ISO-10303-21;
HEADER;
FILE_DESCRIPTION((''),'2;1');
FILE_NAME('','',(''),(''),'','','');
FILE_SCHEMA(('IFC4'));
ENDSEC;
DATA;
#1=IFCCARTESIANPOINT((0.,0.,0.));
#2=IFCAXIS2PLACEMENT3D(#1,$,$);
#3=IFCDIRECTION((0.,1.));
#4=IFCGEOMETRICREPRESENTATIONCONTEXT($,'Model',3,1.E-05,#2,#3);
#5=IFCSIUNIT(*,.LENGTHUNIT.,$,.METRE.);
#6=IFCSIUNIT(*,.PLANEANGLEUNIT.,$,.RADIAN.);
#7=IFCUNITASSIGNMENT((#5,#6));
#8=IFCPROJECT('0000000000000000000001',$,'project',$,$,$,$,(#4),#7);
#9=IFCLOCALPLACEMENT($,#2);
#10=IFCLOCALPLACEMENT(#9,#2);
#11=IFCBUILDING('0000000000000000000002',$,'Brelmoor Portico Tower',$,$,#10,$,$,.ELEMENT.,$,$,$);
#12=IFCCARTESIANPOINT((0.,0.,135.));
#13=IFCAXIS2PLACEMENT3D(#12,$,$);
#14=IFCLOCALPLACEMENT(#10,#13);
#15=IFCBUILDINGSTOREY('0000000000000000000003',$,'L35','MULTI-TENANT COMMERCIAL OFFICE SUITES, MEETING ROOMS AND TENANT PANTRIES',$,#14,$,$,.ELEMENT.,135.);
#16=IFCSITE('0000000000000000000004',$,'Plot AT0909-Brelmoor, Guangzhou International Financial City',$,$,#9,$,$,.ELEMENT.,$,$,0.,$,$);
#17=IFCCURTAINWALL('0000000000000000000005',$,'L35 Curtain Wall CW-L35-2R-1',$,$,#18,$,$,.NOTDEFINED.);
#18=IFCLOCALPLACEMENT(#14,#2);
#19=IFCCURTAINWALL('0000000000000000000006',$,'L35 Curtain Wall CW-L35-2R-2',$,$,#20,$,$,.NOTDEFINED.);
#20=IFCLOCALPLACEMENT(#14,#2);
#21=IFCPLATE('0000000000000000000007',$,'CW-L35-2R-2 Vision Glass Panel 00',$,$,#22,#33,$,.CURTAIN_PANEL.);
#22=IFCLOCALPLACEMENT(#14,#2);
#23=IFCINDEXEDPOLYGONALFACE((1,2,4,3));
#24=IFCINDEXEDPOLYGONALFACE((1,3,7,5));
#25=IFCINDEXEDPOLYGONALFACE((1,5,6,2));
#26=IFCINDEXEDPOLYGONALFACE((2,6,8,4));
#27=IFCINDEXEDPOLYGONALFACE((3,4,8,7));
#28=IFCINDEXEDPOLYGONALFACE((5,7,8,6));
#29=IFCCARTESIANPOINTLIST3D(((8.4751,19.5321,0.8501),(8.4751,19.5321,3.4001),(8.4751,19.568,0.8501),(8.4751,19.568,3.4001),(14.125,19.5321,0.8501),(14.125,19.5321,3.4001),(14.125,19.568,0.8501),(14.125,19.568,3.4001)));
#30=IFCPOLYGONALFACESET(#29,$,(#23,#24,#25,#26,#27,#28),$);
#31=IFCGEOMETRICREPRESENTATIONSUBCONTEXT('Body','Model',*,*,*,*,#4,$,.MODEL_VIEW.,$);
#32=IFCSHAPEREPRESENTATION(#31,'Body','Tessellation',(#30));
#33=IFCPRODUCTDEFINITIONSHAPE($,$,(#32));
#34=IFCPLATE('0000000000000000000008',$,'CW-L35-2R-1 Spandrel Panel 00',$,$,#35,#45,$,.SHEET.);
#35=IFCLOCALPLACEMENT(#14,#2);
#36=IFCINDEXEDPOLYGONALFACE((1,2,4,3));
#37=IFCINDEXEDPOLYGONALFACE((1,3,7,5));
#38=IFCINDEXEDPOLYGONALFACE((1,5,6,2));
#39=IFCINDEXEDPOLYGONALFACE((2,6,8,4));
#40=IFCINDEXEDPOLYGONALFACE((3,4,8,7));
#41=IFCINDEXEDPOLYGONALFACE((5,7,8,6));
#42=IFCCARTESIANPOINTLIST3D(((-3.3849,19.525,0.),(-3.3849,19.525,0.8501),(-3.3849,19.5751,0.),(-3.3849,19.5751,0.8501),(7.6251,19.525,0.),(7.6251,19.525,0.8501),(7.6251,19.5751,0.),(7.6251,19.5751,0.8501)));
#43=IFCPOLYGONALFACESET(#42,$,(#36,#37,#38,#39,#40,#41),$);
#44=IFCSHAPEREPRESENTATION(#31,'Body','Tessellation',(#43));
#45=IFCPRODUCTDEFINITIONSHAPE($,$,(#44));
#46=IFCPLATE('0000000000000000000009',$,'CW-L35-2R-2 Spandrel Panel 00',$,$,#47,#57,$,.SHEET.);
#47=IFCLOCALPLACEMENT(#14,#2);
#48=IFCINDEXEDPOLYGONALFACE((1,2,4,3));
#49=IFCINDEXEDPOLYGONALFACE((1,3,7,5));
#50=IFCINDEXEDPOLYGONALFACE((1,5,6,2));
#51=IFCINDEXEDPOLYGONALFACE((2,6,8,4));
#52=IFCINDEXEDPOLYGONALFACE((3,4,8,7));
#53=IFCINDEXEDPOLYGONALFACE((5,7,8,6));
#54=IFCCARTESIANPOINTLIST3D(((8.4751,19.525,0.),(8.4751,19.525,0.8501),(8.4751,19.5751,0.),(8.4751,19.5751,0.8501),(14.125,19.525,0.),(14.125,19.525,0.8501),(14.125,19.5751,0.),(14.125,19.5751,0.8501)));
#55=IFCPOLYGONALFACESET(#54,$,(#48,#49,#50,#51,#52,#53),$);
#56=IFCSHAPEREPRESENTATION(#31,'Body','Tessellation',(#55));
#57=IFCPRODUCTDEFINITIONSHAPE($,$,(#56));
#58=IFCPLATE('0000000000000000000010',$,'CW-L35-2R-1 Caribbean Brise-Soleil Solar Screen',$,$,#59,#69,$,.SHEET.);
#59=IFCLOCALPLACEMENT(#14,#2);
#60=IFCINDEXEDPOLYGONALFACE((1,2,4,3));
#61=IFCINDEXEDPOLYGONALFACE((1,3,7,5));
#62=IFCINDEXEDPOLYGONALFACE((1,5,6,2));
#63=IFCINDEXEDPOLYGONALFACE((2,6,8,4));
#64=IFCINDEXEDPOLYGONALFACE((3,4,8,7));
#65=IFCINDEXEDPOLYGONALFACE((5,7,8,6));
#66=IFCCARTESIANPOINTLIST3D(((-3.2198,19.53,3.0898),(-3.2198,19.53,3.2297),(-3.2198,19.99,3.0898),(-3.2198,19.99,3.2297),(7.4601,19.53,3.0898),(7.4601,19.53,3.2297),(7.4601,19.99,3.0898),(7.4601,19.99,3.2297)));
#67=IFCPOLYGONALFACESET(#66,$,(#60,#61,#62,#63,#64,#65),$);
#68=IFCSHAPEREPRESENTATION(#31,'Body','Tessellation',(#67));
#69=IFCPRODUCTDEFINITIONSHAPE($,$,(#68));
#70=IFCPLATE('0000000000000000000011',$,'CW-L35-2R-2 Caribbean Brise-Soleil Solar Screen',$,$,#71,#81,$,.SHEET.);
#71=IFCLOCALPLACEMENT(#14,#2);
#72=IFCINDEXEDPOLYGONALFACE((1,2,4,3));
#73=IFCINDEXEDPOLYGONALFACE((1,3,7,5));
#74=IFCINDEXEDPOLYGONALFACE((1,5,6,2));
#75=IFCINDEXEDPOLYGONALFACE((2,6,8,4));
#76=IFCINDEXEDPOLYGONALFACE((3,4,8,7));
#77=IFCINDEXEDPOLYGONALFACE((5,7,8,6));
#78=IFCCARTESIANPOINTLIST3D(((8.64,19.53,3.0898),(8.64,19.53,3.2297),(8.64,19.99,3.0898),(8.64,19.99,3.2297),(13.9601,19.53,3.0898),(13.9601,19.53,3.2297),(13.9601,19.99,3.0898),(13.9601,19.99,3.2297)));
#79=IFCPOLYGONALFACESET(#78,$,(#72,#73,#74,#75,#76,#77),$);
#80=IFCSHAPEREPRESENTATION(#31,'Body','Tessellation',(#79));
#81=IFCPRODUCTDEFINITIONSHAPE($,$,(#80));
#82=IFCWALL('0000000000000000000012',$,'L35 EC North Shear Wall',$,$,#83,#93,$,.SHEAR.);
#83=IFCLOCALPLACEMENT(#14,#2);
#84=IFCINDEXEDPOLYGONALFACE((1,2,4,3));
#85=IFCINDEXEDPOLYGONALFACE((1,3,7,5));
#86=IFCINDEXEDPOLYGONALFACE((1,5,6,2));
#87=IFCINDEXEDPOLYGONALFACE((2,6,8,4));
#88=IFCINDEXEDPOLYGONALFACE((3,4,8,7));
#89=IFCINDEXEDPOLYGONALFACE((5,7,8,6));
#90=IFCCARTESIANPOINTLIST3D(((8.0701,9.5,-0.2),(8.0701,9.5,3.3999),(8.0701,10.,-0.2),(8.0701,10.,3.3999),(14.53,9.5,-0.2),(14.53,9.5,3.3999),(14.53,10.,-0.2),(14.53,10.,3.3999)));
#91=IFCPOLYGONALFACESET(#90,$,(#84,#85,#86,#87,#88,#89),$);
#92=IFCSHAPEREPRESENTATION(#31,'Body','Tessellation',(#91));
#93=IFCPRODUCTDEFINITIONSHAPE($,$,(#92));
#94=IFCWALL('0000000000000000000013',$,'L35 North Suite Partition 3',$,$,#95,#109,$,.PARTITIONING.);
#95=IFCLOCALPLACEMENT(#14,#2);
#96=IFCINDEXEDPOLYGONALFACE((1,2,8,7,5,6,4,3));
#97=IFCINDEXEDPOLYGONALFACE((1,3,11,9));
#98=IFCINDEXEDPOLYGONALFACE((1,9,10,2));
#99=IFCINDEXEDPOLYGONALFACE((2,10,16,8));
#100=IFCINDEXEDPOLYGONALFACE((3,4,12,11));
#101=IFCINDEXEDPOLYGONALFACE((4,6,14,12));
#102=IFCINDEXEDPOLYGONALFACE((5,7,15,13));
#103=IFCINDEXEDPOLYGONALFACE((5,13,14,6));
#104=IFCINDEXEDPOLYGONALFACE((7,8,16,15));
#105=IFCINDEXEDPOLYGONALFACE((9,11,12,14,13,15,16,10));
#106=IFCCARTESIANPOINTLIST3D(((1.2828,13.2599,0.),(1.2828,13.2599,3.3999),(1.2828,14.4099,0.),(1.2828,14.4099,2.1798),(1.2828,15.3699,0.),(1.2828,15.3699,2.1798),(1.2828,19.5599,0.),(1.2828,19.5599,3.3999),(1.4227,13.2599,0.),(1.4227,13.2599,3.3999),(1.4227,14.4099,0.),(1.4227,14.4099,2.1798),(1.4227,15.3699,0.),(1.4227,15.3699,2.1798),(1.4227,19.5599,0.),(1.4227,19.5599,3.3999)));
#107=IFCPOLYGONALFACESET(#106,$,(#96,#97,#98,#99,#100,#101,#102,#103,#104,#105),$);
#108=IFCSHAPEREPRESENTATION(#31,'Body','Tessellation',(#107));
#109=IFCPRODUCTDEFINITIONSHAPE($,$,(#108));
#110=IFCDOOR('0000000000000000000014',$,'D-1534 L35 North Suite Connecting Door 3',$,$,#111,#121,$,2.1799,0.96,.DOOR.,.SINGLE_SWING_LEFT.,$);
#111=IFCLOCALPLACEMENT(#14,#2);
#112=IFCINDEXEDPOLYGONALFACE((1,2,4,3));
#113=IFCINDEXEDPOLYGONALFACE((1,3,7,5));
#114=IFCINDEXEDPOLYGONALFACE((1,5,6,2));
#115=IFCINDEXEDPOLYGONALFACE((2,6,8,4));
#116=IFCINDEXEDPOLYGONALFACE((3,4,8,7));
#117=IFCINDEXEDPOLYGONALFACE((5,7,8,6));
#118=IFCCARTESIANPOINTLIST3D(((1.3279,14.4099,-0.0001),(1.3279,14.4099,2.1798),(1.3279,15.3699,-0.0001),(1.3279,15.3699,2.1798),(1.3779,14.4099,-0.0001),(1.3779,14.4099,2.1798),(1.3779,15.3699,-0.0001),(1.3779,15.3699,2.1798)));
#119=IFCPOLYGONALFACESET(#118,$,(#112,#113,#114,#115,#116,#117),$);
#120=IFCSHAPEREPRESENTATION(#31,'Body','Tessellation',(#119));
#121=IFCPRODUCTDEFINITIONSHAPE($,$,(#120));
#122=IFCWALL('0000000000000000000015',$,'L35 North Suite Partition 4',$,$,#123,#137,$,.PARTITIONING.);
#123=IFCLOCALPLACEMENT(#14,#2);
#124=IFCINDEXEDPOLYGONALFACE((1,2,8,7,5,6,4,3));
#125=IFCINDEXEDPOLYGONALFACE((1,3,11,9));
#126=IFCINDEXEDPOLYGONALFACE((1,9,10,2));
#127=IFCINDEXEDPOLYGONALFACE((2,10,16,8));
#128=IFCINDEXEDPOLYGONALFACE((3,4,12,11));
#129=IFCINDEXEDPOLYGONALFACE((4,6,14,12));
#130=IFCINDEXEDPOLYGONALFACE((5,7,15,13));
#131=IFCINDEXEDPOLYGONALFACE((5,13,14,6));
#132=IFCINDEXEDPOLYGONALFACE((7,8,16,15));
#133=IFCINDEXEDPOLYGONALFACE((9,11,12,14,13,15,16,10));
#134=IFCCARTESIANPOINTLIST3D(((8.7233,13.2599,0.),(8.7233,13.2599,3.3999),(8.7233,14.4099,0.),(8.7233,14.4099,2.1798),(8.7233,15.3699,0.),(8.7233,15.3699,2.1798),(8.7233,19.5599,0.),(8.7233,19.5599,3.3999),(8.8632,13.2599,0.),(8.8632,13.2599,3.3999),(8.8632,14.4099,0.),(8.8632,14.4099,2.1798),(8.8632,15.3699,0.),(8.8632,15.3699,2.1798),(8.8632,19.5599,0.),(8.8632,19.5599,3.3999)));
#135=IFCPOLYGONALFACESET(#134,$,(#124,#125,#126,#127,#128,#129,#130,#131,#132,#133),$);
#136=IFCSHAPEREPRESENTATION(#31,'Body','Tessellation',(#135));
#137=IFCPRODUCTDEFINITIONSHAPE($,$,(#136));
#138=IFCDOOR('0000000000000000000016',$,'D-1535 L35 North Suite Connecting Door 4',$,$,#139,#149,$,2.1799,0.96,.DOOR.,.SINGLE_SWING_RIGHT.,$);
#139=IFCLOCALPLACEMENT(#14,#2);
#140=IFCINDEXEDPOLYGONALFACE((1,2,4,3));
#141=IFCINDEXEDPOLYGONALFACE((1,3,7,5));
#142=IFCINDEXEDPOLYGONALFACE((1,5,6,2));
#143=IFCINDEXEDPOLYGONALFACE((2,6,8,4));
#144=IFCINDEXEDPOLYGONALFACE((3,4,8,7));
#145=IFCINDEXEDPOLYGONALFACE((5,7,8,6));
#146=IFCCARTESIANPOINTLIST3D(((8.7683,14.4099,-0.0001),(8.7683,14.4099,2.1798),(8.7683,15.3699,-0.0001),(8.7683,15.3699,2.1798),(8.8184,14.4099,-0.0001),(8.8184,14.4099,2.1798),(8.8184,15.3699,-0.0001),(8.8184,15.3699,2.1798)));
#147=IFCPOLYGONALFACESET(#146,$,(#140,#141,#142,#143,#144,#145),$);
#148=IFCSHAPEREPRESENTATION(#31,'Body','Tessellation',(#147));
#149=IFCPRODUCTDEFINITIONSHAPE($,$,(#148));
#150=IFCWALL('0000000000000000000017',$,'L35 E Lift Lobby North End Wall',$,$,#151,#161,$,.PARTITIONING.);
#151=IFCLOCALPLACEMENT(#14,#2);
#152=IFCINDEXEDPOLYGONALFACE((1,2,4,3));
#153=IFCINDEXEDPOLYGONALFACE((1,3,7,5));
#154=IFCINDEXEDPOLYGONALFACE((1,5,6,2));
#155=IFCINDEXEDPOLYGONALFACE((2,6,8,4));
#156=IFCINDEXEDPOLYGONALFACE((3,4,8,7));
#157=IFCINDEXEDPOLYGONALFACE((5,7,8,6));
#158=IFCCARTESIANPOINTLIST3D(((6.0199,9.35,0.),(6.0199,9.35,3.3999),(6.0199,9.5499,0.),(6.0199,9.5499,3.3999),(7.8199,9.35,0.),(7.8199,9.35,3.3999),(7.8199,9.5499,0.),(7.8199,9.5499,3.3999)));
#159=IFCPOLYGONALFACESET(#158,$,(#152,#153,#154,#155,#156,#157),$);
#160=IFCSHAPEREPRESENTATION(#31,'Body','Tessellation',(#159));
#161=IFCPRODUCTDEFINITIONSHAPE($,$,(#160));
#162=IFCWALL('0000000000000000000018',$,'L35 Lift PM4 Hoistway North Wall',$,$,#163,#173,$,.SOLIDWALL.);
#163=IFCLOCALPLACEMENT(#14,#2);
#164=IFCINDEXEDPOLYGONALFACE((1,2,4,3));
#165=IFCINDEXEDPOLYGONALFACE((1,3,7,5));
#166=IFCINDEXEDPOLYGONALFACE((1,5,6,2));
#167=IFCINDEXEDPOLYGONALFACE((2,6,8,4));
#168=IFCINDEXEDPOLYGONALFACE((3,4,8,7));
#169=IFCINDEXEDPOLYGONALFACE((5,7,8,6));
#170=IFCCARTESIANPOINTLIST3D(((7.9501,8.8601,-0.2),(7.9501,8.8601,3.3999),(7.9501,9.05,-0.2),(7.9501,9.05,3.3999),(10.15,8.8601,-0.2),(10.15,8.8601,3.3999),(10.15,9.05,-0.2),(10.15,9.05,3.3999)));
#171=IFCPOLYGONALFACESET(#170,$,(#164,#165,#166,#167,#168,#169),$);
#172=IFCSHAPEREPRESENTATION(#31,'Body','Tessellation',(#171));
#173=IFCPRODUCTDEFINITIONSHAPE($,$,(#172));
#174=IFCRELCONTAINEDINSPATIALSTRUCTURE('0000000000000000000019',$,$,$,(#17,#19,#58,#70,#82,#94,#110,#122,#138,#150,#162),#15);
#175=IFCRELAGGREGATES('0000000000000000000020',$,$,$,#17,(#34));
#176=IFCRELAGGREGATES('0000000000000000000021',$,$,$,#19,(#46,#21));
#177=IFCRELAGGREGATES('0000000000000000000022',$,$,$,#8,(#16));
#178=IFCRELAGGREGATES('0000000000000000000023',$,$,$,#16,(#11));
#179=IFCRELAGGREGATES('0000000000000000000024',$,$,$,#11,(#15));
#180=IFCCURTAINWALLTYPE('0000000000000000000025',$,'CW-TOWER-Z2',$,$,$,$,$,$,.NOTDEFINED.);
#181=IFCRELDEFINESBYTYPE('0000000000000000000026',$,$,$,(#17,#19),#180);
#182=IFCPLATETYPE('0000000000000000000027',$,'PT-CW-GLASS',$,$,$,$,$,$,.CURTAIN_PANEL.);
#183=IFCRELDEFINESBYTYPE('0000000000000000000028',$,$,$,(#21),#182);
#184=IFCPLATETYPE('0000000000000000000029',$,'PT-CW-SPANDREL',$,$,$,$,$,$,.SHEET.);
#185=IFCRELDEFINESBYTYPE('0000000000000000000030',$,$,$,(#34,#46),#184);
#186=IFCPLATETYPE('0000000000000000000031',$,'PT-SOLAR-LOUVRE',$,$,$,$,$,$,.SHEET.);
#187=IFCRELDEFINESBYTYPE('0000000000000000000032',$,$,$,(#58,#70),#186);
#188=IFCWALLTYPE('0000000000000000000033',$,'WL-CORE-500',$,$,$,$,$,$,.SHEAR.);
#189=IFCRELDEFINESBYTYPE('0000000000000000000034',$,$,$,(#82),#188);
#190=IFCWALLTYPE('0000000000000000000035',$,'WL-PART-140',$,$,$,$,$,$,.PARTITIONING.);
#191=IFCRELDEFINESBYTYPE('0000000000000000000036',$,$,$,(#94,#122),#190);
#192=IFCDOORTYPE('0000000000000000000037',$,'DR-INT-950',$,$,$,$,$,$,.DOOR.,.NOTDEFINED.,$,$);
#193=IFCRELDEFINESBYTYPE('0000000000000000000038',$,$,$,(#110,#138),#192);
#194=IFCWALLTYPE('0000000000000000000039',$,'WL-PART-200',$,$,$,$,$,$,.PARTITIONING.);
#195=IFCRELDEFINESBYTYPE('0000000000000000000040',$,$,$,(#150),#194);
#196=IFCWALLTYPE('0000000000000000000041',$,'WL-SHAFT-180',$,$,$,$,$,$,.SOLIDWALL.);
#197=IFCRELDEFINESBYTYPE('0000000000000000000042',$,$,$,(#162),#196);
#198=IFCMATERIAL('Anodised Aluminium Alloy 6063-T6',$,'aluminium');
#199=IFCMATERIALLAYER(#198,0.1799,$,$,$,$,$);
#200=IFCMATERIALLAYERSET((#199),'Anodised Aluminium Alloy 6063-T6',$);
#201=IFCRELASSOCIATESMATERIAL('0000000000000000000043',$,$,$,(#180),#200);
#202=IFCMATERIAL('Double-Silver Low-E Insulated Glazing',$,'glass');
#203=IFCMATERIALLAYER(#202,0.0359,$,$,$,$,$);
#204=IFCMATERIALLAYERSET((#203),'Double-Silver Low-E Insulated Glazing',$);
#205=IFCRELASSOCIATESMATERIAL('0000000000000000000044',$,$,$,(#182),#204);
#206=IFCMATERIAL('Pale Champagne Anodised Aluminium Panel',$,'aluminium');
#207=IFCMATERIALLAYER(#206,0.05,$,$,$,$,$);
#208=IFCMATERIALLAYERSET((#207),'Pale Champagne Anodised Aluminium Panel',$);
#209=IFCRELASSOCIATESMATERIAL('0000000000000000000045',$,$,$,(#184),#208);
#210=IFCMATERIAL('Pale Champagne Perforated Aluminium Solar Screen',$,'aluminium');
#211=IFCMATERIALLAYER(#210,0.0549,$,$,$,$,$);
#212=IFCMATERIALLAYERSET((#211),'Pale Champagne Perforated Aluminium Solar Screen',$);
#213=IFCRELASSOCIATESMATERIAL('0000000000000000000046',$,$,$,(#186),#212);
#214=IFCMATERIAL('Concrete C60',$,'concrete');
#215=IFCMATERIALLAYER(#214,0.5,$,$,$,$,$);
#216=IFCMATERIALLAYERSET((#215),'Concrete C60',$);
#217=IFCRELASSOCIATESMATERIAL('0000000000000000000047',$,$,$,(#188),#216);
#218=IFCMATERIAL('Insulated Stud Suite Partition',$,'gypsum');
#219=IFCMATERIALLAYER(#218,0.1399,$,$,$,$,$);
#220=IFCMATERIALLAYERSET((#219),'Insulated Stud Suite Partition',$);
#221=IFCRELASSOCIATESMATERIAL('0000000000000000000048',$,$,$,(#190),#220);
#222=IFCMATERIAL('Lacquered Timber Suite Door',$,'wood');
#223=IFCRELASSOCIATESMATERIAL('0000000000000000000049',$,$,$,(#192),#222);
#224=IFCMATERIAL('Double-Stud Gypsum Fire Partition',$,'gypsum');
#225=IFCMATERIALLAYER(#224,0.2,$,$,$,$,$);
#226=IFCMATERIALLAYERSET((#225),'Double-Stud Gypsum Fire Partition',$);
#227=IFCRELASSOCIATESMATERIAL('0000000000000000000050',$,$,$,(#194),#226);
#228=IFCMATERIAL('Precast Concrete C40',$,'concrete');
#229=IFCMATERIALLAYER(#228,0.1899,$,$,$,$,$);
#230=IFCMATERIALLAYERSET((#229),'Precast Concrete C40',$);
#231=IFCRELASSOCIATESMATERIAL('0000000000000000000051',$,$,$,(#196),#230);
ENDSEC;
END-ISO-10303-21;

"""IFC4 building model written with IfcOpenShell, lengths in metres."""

from ifc_helpers import new_model, si_unit, direction, frame, frame_2d, origin, origin_2d, place, context, subcontext, project, spatial, rectangle, extrude, material, layer, layer_set, type_object, element, fill, aggregate, save


model = new_model("IFC4")

# Units and contexts
model_context = context("Model", 3, precision=1e-05, world=origin(), true_north=direction((0.0, 1.0)))
body_context = subcontext(model_context, "Body", "Model", "MODEL_VIEW")
ifc_project = project(units=[si_unit("LENGTHUNIT", "METRE"), si_unit("PLANEANGLEUNIT", "RADIAN")], contexts=[model_context])

# Site, building, storey
site_placement = place(None, origin())
site = spatial("IfcSite", under=ifc_project, at=site_placement, Name="Plot AT0909-Brelmoor, Guangzhou International Financial City", CompositionType="ELEMENT", RefElevation=0.0)
building_placement = place(site_placement, origin())
building = spatial("IfcBuilding", under=site, at=building_placement, Name="Brelmoor Portico Tower", CompositionType="ELEMENT")
storey_placement = place(building_placement, frame((0.0, 0.0, 135.0)))
storey = spatial("IfcBuildingStorey", under=building, at=storey_placement, Name="L35", Description="MULTI-TENANT COMMERCIAL OFFICE SUITES, MEETING ROOMS AND TENANT PANTRIES", CompositionType="ELEMENT", Elevation=135.0)

# Curtain wall
ifc_material_1 = material(Name="Anodised Aluminium Alloy 6063-T6", Category="aluminium")
ifc_layer_1 = layer(ifc_material_1, 0.1799)
ifc_layer_set_1 = layer_set([ifc_layer_1], Name="Anodised Aluminium Alloy 6063-T6")
curtain_wall_type = type_object("IfcCurtainWallType", Name="CW-TOWER-Z2", PredefinedType="NOTDEFINED", material=ifc_layer_set_1)
curtain_wall_1_placement = place(storey_placement, origin())
curtain_wall_1 = element("IfcCurtainWall", 1, at=curtain_wall_1_placement, inside=storey, type_object=curtain_wall_type, Name="L35 Curtain Wall CW-L35-2R-1", PredefinedType="NOTDEFINED")

# Curtain wall
curtain_wall_2_placement = place(storey_placement, origin())
curtain_wall_2 = element("IfcCurtainWall", 2, at=curtain_wall_2_placement, inside=storey, type_object=curtain_wall_type, Name="L35 Curtain Wall CW-L35-2R-2", PredefinedType="NOTDEFINED")

# Plates
ifc_material_2 = material(Name="Double-Silver Low-E Insulated Glazing", Category="glass")
ifc_layer_2 = layer(ifc_material_2, 0.0359)
ifc_layer_set_2 = layer_set([ifc_layer_2], Name="Double-Silver Low-E Insulated Glazing")
plate_type_1 = type_object("IfcPlateType", Name="PT-CW-GLASS", PredefinedType="CURTAIN_PANEL", material=ifc_layer_set_2)
plate_1_placement = place(storey_placement, frame((11.3, 19.55, 0.8501), z_axis=(0.0, 0.0, 1.0), x_axis=(1.0, 0.0, 0.0)))
plate_1 = element("IfcPlate", 3, at=plate_1_placement, type_object=plate_type_1, Name="CW-L35-2R-2 Vision Glass Panel 00", PredefinedType="CURTAIN_PANEL", context=body_context, shape_type="SweptSolid", body=[
    extrude(rectangle(XDim=5.6499, YDim=0.0359, at=origin_2d()), origin(), (0.0, 0.0, 1.0), 2.55),
])
ifc_material_3 = material(Name="Pale Champagne Anodised Aluminium Panel", Category="aluminium")
ifc_layer_3 = layer(ifc_material_3, 0.05)
ifc_layer_set_3 = layer_set([ifc_layer_3], Name="Pale Champagne Anodised Aluminium Panel")
plate_type_2 = type_object("IfcPlateType", Name="PT-CW-SPANDREL", PredefinedType="SHEET", material=ifc_layer_set_3)
plate_2_placement = place(storey_placement, frame((2.1201, 19.55, 0.0), z_axis=(0.0, 0.0, 1.0), x_axis=(1.0, 0.0, 0.0)))
plate_2 = element("IfcPlate", 4, at=plate_2_placement, type_object=plate_type_2, Name="CW-L35-2R-1 Spandrel Panel 00", PredefinedType="SHEET", context=body_context, shape_type="SweptSolid", body=[
    extrude(rectangle(XDim=11.01, YDim=0.05, at=origin_2d()), origin(), (0.0, 0.0, 1.0), 0.8501),
])
aggregate(curtain_wall_1, [plate_2])
plate_3_placement = place(storey_placement, frame((11.3, 19.55, 0.0), z_axis=(0.0, 0.0, 1.0), x_axis=(1.0, 0.0, 0.0)))
plate_3 = element("IfcPlate", 5, at=plate_3_placement, type_object=plate_type_2, Name="CW-L35-2R-2 Spandrel Panel 00", PredefinedType="SHEET", context=body_context, shape_type="SweptSolid", body=[
    extrude(rectangle(XDim=5.6499, YDim=0.05, at=origin_2d()), origin(), (0.0, 0.0, 1.0), 0.8501),
])
aggregate(curtain_wall_2, [plate_3, plate_1])

# Plates
ifc_material_4 = material(Name="Pale Champagne Perforated Aluminium Solar Screen", Category="aluminium")
ifc_layer_4 = layer(ifc_material_4, 0.0549)
ifc_layer_set_4 = layer_set([ifc_layer_4], Name="Pale Champagne Perforated Aluminium Solar Screen")
plate_type_3 = type_object("IfcPlateType", Name="PT-SOLAR-LOUVRE", PredefinedType="SHEET", material=ifc_layer_set_4)
plate_4_placement = place(storey_placement, frame((2.1201, 19.76, 3.0898), z_axis=(0.0, 0.0, 1.0), x_axis=(1.0, 0.0, 0.0)))
element("IfcPlate", 6, at=plate_4_placement, inside=storey, type_object=plate_type_3, Name="CW-L35-2R-1 Caribbean Brise-Soleil Solar Screen", PredefinedType="SHEET", context=body_context, shape_type="SweptSolid", body=[
    extrude(rectangle(XDim=10.6799, YDim=0.46, at=origin_2d()), origin(), (0.0, 0.0, 1.0), 0.1399),
])
plate_5_placement = place(storey_placement, frame((11.3, 19.76, 3.0898), z_axis=(0.0, 0.0, 1.0), x_axis=(1.0, 0.0, 0.0)))
element("IfcPlate", 7, at=plate_5_placement, inside=storey, type_object=plate_type_3, Name="CW-L35-2R-2 Caribbean Brise-Soleil Solar Screen", PredefinedType="SHEET", context=body_context, shape_type="SweptSolid", body=[
    extrude(rectangle(XDim=5.3201, YDim=0.46, at=origin_2d()), origin(), (0.0, 0.0, 1.0), 0.1399),
])

# Wall
ifc_material_5 = material(Name="Concrete C60", Category="concrete")
ifc_layer_5 = layer(ifc_material_5, 0.5)
ifc_layer_set_5 = layer_set([ifc_layer_5], Name="Concrete C60")
wall_type_1 = type_object("IfcWallType", Name="WL-CORE-500", PredefinedType="SHEAR", material=ifc_layer_set_5)
wall_1_placement = place(storey_placement, frame((8.0701, 9.75, -0.2), z_axis=(0.0, 0.0, 1.0), x_axis=(1.0, 0.0, 0.0)))
element("IfcWall", 8, at=wall_1_placement, inside=storey, type_object=wall_type_1, Name="L35 EC North Shear Wall", PredefinedType="SHEAR", context=body_context, shape_type="SweptSolid", body=[
    extrude(rectangle(XDim=6.46, YDim=0.5, at=frame_2d((3.23, 0.0))), origin(), (0.0, 0.0, 1.0), 3.5999),
])

# Walls, openings, doors
ifc_material_6 = material(Name="Insulated Stud Suite Partition", Category="gypsum")
ifc_layer_6 = layer(ifc_material_6, 0.1399)
ifc_layer_set_6 = layer_set([ifc_layer_6], Name="Insulated Stud Suite Partition")
wall_type_2 = type_object("IfcWallType", Name="WL-PART-140", PredefinedType="PARTITIONING", material=ifc_layer_set_6)
wall_2_placement = place(storey_placement, frame((1.3528, 13.26, 0.0), z_axis=(0.0, 0.0, 1.0), x_axis=(0.0, 1.0, 0.0)))
wall_2 = element("IfcWall", 9, at=wall_2_placement, inside=storey, type_object=wall_type_2, Name="L35 North Suite Partition 3", PredefinedType="PARTITIONING", context=body_context, shape_type="SweptSolid", body=[
    extrude(rectangle(XDim=6.3, YDim=0.1399, at=frame_2d((3.1499, 0.0))), origin(), (0.0, 0.0, 1.0), 3.3999),
])
opening_1_placement = place(wall_2_placement, frame((1.1499, 0.0, 0.0)))
opening_1 = element("IfcOpeningElement", 10, at=opening_1_placement, cuts=wall_2, PredefinedType="OPENING", context=body_context, shape_type="SweptSolid", body=[
    extrude(rectangle(XDim=0.96, YDim=2.1799, at=frame_2d((0.48, 1.0898))), frame((0.0, 0.0798, 0.0), z_axis=(0.0, -1.0, 0.0), x_axis=(1.0, 0.0, 0.0)), (0.0, 0.0, 1.0), 0.1599),
])
ifc_material_7 = material(Name="Lacquered Timber Suite Door", Category="wood")
door_type = type_object("IfcDoorType", Name="DR-INT-950", OperationType="NOTDEFINED", PredefinedType="DOOR", material=ifc_material_7)
door_1_placement = place(opening_1_placement, origin())
door_1 = element("IfcDoor", 11, at=door_1_placement, inside=storey, type_object=door_type, Name="D-1534 L35 North Suite Connecting Door 3", OperationType="SINGLE_SWING_LEFT", OverallHeight=2.1799, OverallWidth=0.96, PredefinedType="DOOR", context=body_context, shape_type="SweptSolid", body=[
    extrude(rectangle(XDim=0.96, YDim=2.1799, at=frame_2d((0.48, 1.0898))), frame((0.0, 0.0249, 0.0), z_axis=(0.0, -1.0, 0.0), x_axis=(1.0, 0.0, 0.0)), (0.0, 0.0, 1.0), 0.05),
])
fill(opening_1, door_1)
wall_3_placement = place(storey_placement, frame((8.7932, 13.26, 0.0), z_axis=(0.0, 0.0, 1.0), x_axis=(0.0, 1.0, 0.0)))
wall_3 = element("IfcWall", 12, at=wall_3_placement, inside=storey, type_object=wall_type_2, Name="L35 North Suite Partition 4", PredefinedType="PARTITIONING", context=body_context, shape_type="SweptSolid", body=[
    extrude(rectangle(XDim=6.3, YDim=0.1399, at=frame_2d((3.1499, 0.0))), origin(), (0.0, 0.0, 1.0), 3.3999),
])
opening_2_placement = place(wall_3_placement, frame((1.1499, 0.0, 0.0)))
opening_2 = element("IfcOpeningElement", 13, at=opening_2_placement, cuts=wall_3, PredefinedType="OPENING", context=body_context, shape_type="SweptSolid", body=[
    extrude(rectangle(XDim=0.96, YDim=2.1799, at=frame_2d((0.48, 1.0898))), frame((0.0, 0.0798, 0.0), z_axis=(0.0, -1.0, 0.0), x_axis=(1.0, 0.0, 0.0)), (0.0, 0.0, 1.0), 0.1599),
])
door_2_placement = place(opening_2_placement, origin())
door_2 = element("IfcDoor", 14, at=door_2_placement, inside=storey, type_object=door_type, Name="D-1535 L35 North Suite Connecting Door 4", OperationType="SINGLE_SWING_RIGHT", OverallHeight=2.1799, OverallWidth=0.96, PredefinedType="DOOR", context=body_context, shape_type="SweptSolid", body=[
    extrude(rectangle(XDim=0.96, YDim=2.1799, at=frame_2d((0.48, 1.0898))), frame((0.0, 0.0249, 0.0), z_axis=(0.0, -1.0, 0.0), x_axis=(1.0, 0.0, 0.0)), (0.0, 0.0, 1.0), 0.05),
])
fill(opening_2, door_2)

# Walls
ifc_material_8 = material(Name="Double-Stud Gypsum Fire Partition", Category="gypsum")
ifc_layer_7 = layer(ifc_material_8, 0.2)
ifc_layer_set_7 = layer_set([ifc_layer_7], Name="Double-Stud Gypsum Fire Partition")
wall_type_3 = type_object("IfcWallType", Name="WL-PART-200", PredefinedType="PARTITIONING", material=ifc_layer_set_7)
wall_4_placement = place(storey_placement, frame((6.02, 9.45, 0.0), z_axis=(0.0, 0.0, 1.0), x_axis=(1.0, 0.0, 0.0)))
element("IfcWall", 15, at=wall_4_placement, inside=storey, type_object=wall_type_3, Name="L35 E Lift Lobby North End Wall", PredefinedType="PARTITIONING", context=body_context, shape_type="SweptSolid", body=[
    extrude(rectangle(XDim=1.8, YDim=0.2, at=frame_2d((0.8999, 0.0))), origin(), (0.0, 0.0, 1.0), 3.3999),
])
ifc_material_9 = material(Name="Precast Concrete C40", Category="concrete")
ifc_layer_8 = layer(ifc_material_9, 0.1899)
ifc_layer_set_8 = layer_set([ifc_layer_8], Name="Precast Concrete C40")
wall_type_4 = type_object("IfcWallType", Name="WL-SHAFT-180", PredefinedType="SOLIDWALL", material=ifc_layer_set_8)
for number, where, z_axis, x_axis, name in (
    (16, (7.95, 8.9551, -0.2), (0.0, 0.0, 1.0), (1.0, 0.0, 0.0), "L35 Lift PM4 Hoistway North Wall"),
):
    element("IfcWall", number, at=place(storey_placement, frame(where, z_axis=z_axis, x_axis=x_axis)), inside=storey, type_object=wall_type_4, Name=name, PredefinedType="SOLIDWALL", context=body_context, shape_type="SweptSolid", body=[
        extrude(rectangle(XDim=2.2, YDim=0.1899, at=frame_2d((1.1001, 0.0))), origin(), (0.0, 0.0, 1.0), 3.5999),
    ])

save(model, "model.ifc")
